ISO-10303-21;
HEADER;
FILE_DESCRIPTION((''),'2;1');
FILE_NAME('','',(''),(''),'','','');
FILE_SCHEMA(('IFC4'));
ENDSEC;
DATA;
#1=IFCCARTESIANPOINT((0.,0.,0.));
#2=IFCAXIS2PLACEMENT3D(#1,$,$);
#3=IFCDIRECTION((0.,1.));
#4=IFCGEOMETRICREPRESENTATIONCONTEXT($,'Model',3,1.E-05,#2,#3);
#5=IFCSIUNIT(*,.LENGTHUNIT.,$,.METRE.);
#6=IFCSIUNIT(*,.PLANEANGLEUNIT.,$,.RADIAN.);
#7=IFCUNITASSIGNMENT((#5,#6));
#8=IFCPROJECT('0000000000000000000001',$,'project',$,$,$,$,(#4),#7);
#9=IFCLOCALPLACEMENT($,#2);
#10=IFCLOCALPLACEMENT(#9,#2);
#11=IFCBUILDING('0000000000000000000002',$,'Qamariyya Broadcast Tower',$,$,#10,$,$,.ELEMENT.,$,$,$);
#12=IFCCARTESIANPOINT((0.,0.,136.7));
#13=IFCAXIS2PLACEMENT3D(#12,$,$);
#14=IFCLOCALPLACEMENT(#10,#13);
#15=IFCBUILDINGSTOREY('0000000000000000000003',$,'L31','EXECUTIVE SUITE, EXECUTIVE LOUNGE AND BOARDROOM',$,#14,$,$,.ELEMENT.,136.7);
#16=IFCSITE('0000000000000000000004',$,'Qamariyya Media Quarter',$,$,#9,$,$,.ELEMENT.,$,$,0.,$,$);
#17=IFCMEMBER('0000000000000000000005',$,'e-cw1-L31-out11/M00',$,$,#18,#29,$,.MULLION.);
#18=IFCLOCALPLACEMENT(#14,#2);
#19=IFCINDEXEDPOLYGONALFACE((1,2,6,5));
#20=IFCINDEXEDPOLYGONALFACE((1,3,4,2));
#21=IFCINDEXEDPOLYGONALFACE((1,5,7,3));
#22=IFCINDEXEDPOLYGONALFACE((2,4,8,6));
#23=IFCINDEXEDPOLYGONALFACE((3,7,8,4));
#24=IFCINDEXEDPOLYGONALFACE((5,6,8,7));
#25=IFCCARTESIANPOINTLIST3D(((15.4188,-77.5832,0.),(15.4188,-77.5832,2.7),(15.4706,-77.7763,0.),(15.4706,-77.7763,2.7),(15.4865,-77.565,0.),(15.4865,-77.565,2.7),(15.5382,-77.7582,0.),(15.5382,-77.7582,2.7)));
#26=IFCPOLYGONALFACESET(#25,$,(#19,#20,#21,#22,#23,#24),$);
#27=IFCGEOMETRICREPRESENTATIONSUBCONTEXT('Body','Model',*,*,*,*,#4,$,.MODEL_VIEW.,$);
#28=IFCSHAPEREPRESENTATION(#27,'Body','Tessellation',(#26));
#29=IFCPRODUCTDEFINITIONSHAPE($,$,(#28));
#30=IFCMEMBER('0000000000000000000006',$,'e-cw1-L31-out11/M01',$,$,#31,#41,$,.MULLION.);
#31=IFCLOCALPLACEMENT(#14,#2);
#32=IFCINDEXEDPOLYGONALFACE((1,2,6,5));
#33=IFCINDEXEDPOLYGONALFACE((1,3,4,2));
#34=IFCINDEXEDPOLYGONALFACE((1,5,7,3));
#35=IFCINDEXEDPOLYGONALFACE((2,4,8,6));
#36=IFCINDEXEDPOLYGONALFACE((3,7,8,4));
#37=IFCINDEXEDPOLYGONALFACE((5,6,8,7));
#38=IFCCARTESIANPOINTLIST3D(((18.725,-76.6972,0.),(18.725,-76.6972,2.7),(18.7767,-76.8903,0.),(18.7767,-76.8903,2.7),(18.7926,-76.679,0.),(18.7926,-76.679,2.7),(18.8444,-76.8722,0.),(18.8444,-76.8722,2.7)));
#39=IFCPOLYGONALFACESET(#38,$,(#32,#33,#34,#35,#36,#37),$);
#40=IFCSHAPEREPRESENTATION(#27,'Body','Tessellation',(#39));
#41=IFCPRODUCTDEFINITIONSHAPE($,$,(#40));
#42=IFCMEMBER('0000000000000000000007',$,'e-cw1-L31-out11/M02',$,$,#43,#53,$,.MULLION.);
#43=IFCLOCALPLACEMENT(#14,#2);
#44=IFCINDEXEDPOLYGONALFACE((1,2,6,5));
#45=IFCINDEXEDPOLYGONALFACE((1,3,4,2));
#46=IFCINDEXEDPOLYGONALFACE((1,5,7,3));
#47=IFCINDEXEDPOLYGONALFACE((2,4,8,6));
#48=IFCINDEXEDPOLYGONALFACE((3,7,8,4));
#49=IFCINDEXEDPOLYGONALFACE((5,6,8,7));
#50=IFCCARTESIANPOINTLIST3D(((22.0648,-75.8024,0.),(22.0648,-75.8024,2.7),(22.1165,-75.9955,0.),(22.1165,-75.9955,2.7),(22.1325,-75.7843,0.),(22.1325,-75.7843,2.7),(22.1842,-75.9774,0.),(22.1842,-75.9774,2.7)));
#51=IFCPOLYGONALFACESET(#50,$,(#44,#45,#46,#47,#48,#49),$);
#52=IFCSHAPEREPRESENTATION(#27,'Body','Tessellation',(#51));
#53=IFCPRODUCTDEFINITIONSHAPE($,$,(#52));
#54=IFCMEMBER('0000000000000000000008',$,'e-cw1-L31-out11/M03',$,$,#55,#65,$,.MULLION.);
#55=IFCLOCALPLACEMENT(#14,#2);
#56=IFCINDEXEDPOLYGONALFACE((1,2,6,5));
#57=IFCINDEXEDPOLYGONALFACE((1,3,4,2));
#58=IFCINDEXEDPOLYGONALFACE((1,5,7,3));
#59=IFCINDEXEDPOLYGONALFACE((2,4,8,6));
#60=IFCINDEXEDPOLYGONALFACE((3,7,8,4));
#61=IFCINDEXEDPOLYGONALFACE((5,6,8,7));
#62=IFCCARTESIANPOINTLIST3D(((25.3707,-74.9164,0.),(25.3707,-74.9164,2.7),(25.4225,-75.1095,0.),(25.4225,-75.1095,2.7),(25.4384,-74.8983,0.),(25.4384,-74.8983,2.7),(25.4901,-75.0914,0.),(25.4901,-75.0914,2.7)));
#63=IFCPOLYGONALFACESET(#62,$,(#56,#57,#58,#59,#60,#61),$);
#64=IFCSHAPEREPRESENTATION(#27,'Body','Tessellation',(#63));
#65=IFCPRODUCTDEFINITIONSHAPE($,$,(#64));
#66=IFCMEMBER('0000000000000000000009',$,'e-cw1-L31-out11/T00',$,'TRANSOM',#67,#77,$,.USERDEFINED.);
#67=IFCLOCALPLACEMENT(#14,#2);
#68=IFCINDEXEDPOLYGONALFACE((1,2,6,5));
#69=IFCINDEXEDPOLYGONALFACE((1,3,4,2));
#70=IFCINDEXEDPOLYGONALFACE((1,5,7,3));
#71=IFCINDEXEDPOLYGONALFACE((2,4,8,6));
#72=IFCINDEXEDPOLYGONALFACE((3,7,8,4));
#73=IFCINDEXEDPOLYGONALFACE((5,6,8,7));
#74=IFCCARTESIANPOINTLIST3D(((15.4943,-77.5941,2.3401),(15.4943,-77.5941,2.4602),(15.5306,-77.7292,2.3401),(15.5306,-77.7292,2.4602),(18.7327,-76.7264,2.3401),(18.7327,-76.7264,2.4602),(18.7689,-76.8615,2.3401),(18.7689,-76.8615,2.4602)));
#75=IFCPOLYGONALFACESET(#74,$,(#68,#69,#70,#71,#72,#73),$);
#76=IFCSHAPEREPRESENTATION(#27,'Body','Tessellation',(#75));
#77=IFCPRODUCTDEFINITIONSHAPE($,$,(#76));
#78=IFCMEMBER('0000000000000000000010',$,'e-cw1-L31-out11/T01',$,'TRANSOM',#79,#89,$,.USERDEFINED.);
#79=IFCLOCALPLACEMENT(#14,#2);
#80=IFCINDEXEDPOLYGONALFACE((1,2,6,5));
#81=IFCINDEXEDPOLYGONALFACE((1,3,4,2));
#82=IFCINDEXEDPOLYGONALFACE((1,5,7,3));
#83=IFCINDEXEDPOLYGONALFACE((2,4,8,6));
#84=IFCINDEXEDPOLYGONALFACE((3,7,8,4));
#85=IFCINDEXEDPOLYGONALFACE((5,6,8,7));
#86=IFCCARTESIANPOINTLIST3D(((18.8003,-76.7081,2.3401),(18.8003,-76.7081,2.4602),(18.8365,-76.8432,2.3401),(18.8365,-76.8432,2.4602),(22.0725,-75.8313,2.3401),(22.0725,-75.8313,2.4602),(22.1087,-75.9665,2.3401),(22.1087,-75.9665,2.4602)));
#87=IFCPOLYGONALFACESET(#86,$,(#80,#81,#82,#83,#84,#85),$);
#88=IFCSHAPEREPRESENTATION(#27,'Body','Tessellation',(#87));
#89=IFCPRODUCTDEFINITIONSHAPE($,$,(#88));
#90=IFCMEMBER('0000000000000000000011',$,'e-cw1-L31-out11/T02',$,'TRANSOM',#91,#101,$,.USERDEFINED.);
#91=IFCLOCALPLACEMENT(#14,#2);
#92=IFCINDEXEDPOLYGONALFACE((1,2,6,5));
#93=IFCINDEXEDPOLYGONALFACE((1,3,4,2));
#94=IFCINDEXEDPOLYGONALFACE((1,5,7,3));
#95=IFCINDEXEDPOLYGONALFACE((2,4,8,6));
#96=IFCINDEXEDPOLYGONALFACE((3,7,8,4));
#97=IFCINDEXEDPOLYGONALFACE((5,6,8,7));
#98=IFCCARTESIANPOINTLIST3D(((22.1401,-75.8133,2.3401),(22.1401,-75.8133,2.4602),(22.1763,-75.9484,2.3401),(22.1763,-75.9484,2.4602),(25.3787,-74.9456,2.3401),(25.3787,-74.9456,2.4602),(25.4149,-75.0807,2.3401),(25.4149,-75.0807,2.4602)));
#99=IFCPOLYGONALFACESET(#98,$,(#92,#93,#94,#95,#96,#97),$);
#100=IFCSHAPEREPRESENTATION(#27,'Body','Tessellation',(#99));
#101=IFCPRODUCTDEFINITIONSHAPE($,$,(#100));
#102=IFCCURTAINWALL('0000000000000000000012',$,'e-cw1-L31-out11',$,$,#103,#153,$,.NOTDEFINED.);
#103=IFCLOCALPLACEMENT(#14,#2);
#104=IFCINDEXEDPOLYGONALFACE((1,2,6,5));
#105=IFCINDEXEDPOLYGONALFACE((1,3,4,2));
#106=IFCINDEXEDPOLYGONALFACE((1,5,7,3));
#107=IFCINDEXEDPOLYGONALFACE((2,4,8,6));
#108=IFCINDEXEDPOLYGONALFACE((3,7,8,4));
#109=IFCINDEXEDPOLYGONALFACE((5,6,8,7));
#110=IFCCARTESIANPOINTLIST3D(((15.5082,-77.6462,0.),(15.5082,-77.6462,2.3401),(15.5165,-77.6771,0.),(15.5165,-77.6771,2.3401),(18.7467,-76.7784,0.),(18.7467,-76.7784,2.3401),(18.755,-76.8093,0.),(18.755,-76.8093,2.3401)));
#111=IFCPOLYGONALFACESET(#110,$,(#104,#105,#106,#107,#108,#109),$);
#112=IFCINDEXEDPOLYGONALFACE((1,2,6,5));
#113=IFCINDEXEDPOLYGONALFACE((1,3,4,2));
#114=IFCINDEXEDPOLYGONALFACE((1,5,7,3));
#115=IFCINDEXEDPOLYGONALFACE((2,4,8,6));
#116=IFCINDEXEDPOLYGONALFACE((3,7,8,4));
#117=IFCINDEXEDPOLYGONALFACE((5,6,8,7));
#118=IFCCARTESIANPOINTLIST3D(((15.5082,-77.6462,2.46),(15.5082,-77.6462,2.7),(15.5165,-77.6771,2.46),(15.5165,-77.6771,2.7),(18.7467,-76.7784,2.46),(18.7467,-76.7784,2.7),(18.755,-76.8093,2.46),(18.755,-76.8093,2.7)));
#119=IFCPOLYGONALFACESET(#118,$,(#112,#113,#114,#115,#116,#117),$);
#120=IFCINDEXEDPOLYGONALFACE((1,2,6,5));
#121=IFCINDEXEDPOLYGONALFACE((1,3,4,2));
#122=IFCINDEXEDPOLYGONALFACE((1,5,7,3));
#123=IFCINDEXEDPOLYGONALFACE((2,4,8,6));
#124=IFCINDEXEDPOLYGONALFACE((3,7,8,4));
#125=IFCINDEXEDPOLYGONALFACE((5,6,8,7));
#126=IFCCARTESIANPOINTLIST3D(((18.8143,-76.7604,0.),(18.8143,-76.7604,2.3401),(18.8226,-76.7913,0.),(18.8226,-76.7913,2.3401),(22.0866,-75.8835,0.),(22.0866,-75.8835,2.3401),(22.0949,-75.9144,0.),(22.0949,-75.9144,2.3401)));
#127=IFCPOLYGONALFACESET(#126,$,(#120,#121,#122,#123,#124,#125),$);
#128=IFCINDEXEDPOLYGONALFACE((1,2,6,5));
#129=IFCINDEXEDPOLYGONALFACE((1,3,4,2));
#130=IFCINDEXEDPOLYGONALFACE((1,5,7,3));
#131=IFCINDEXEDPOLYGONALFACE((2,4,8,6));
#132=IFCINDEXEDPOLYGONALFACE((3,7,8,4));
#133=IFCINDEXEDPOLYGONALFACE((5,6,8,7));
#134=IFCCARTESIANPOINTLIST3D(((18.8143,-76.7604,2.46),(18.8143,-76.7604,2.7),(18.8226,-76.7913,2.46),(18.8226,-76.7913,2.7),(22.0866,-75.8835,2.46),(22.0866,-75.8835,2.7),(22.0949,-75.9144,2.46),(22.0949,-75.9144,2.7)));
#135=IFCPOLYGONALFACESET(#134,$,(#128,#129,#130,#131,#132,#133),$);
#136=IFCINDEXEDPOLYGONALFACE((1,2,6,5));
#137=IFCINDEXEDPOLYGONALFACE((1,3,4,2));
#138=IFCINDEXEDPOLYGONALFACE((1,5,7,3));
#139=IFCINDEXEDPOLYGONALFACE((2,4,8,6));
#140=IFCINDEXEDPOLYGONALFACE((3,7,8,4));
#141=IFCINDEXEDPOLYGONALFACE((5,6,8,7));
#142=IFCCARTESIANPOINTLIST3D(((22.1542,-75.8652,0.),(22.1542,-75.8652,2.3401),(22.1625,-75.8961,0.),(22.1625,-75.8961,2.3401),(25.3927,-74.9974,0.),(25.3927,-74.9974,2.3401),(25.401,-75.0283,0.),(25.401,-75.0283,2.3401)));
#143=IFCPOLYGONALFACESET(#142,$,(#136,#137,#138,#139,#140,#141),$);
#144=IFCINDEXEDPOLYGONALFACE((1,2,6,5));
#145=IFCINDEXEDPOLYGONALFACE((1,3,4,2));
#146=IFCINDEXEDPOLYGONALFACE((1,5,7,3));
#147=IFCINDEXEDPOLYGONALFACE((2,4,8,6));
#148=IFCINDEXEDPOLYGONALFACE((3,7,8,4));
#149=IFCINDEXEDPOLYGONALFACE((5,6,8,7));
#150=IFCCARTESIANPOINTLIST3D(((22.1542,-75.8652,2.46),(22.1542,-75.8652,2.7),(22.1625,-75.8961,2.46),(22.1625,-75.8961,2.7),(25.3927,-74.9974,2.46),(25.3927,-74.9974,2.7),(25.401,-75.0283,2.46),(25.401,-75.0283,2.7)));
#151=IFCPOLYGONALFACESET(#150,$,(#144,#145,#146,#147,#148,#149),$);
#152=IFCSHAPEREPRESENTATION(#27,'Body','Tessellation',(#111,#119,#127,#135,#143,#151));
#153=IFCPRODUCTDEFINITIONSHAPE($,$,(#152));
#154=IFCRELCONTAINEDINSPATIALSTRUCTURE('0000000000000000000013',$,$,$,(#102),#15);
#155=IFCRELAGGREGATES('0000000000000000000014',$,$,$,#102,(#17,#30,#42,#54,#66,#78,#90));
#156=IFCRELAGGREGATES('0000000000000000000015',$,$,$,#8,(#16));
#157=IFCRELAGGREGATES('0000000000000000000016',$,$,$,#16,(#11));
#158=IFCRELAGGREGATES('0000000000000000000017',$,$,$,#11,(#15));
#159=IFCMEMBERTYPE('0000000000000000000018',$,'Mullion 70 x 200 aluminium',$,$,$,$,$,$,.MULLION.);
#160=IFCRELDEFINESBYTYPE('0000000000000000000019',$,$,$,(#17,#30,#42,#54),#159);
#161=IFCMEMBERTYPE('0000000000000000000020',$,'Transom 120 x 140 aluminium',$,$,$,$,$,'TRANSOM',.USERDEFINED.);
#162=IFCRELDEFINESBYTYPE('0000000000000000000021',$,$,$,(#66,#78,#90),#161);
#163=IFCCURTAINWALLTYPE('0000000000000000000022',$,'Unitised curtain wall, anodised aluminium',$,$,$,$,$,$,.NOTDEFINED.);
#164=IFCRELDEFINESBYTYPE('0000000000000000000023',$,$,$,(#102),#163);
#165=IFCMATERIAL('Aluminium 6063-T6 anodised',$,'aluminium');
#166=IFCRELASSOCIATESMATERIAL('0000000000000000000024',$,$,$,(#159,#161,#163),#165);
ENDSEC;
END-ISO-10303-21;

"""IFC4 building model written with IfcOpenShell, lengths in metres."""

from ifc_helpers import new_model, si_unit, direction, frame, origin, origin_2d, place, context, subcontext, project, spatial, rectangle, extrude, material, material_profile, profile_set, type_object, element, aggregate, save


model = new_model("IFC4")

# Units and contexts
model_context = context("Model", 3, precision=1e-05, world=origin(), true_north=direction((0.0, 1.0)))
body_context = subcontext(model_context, "Body", "Model", "MODEL_VIEW")
ifc_project = project(units=[si_unit("LENGTHUNIT", "METRE"), si_unit("PLANEANGLEUNIT", "RADIAN")], contexts=[model_context])

# Members
ifc_material = material(Name="Aluminium 6063-T6 anodised", Category="aluminium")
ifc_material_profile_1 = material_profile(ifc_material, rectangle(XDim=0.2, YDim=0.0701, at=origin_2d()))
ifc_profile_set_1 = profile_set([ifc_material_profile_1], Name="Aluminium 6063-T6 anodised")
member_type_1 = type_object("IfcMemberType", Name="Mullion 70 x 200 aluminium", PredefinedType="MULLION", material=ifc_profile_set_1)
site_placement = place(None, origin())
building_placement = place(site_placement, origin())
storey_placement = place(building_placement, frame((0.0, 0.0, 136.7)))
member_1_placement = place(storey_placement, frame((15.4785, -77.6707, 0.0), z_axis=(0.0, 0.0, 1.0), x_axis=(-0.258819, 0.965926, 0.0)))
member_1 = element("IfcMember", 1, at=member_1_placement, type_object=member_type_1, Name="e-cw1-L31-out11/M00", PredefinedType="MULLION", context=body_context, shape_type="SweptSolid", body=[
    extrude(rectangle(XDim=0.2, YDim=0.0701, at=origin_2d()), origin(), (0.0, 0.0, 1.0), 2.7),
])
member_2_placement = place(storey_placement, frame((18.7847, -76.7847, 0.0), z_axis=(0.0, 0.0, 1.0), x_axis=(-0.258819, 0.965926, 0.0)))
member_2 = element("IfcMember", 2, at=member_2_placement, type_object=member_type_1, Name="e-cw1-L31-out11/M01", PredefinedType="MULLION", context=body_context, shape_type="SweptSolid", body=[
    extrude(rectangle(XDim=0.2, YDim=0.0701, at=origin_2d()), origin(), (0.0, 0.0, 1.0), 2.7),
])
member_3_placement = place(storey_placement, frame((22.1245, -75.8899, 0.0), z_axis=(0.0, 0.0, 1.0), x_axis=(-0.258819, 0.965926, 0.0)))
member_3 = element("IfcMember", 3, at=member_3_placement, type_object=member_type_1, Name="e-cw1-L31-out11/M02", PredefinedType="MULLION", context=body_context, shape_type="SweptSolid", body=[
    extrude(rectangle(XDim=0.2, YDim=0.0701, at=origin_2d()), origin(), (0.0, 0.0, 1.0), 2.7),
])
member_4_placement = place(storey_placement, frame((25.4304, -75.0039, 0.0), z_axis=(0.0, 0.0, 1.0), x_axis=(-0.258819, 0.965926, 0.0)))
member_4 = element("IfcMember", 4, at=member_4_placement, type_object=member_type_1, Name="e-cw1-L31-out11/M03", PredefinedType="MULLION", context=body_context, shape_type="SweptSolid", body=[
    extrude(rectangle(XDim=0.2, YDim=0.0701, at=origin_2d()), origin(), (0.0, 0.0, 1.0), 2.7),
])
ifc_material_profile_2 = material_profile(ifc_material, rectangle(XDim=0.1399, YDim=0.1201, at=origin_2d()))
ifc_profile_set_2 = profile_set([ifc_material_profile_2], Name="Aluminium 6063-T6 anodised")
member_type_2 = type_object("IfcMemberType", Name="Transom 120 x 140 aluminium", ElementType="TRANSOM", PredefinedType="USERDEFINED", material=ifc_profile_set_2)
member_5_placement = place(storey_placement, frame((15.5125, -77.6616, 2.4001), z_axis=(0.965927, 0.258814, 0.0), x_axis=(-0.258814, 0.965927, 0.0)))
member_5 = element("IfcMember", 5, at=member_5_placement, type_object=member_type_2, Name="e-cw1-L31-out11/T00", ObjectType="TRANSOM", PredefinedType="USERDEFINED", context=body_context, shape_type="SweptSolid", body=[
    extrude(rectangle(XDim=0.1399, YDim=0.1201, at=origin_2d()), origin(), (0.0, 0.0, 1.0), 3.3525),
])
member_6_placement = place(storey_placement, frame((18.8184, -76.7756, 2.4001), z_axis=(0.965932, 0.258797, 0.0), x_axis=(-0.258797, 0.965932, 0.0)))
member_6 = element("IfcMember", 6, at=member_6_placement, type_object=member_type_2, Name="e-cw1-L31-out11/T01", ObjectType="TRANSOM", PredefinedType="USERDEFINED", context=body_context, shape_type="SweptSolid", body=[
    extrude(rectangle(XDim=0.1399, YDim=0.1201, at=origin_2d()), origin(), (0.0, 0.0, 1.0), 3.3877),
])
member_7_placement = place(storey_placement, frame((22.1582, -75.8809, 2.4001), z_axis=(0.965932, 0.258796, 0.0), x_axis=(-0.258796, 0.965932, 0.0)))
member_7 = element("IfcMember", 7, at=member_7_placement, type_object=member_type_2, Name="e-cw1-L31-out11/T02", ObjectType="TRANSOM", PredefinedType="USERDEFINED", context=body_context, shape_type="SweptSolid", body=[
    extrude(rectangle(XDim=0.1399, YDim=0.1201, at=origin_2d()), origin(), (0.0, 0.0, 1.0), 3.3528),
])

# Site, building, storey
site = spatial("IfcSite", under=ifc_project, at=site_placement, Name="Qamariyya Media Quarter", CompositionType="ELEMENT", RefElevation=0.0)
building = spatial("IfcBuilding", under=site, at=building_placement, Name="Qamariyya Broadcast Tower", CompositionType="ELEMENT")
storey = spatial("IfcBuildingStorey", under=building, at=storey_placement, Name="L31", Description="EXECUTIVE SUITE, EXECUTIVE LOUNGE AND BOARDROOM", CompositionType="ELEMENT", Elevation=136.7)

# Curtain wall
curtain_wall_type = type_object("IfcCurtainWallType", Name="Unitised curtain wall, anodised aluminium", PredefinedType="NOTDEFINED", material=ifc_material)
curtain_wall_1_placement = place(storey_placement, origin())
curtain_wall_1 = element("IfcCurtainWall", 8, at=curtain_wall_1_placement, inside=storey, type_object=curtain_wall_type, Name="e-cw1-L31-out11", PredefinedType="NOTDEFINED", context=body_context, shape_type="SweptSolid", body=[
    extrude(rectangle(XDim=3.3528, YDim=0.032, at=origin_2d()), frame((17.1316, -77.2278, 0.0), x_axis=(0.965924, 0.258827, 0.0)), (0.0, 0.0, 1.0), 2.3401),
    extrude(rectangle(XDim=3.3528, YDim=0.032, at=origin_2d()), frame((17.1316, -77.2278, 2.46), x_axis=(0.965924, 0.258827, 0.0)), (0.0, 0.0, 1.0), 0.24),
    extrude(rectangle(XDim=3.3877, YDim=0.032, at=origin_2d()), frame((20.4546, -76.3374, 0.0), x_axis=(0.965924, 0.258827, 0.0)), (0.0, 0.0, 1.0), 2.3401),
    extrude(rectangle(XDim=3.3877, YDim=0.032, at=origin_2d()), frame((20.4546, -76.3374, 2.46), x_axis=(0.965924, 0.258827, 0.0)), (0.0, 0.0, 1.0), 0.24),
    extrude(rectangle(XDim=3.3528, YDim=0.032, at=origin_2d()), frame((23.7776, -75.4468, 0.0), x_axis=(0.965924, 0.258827, 0.0)), (0.0, 0.0, 1.0), 2.3401),
    extrude(rectangle(XDim=3.3528, YDim=0.032, at=origin_2d()), frame((23.7776, -75.4468, 2.46), x_axis=(0.965924, 0.258827, 0.0)), (0.0, 0.0, 1.0), 0.24),
])
aggregate(curtain_wall_1, [member_1, member_2, member_3, member_4, member_5, member_6, member_7])

save(model, "model.ifc")
